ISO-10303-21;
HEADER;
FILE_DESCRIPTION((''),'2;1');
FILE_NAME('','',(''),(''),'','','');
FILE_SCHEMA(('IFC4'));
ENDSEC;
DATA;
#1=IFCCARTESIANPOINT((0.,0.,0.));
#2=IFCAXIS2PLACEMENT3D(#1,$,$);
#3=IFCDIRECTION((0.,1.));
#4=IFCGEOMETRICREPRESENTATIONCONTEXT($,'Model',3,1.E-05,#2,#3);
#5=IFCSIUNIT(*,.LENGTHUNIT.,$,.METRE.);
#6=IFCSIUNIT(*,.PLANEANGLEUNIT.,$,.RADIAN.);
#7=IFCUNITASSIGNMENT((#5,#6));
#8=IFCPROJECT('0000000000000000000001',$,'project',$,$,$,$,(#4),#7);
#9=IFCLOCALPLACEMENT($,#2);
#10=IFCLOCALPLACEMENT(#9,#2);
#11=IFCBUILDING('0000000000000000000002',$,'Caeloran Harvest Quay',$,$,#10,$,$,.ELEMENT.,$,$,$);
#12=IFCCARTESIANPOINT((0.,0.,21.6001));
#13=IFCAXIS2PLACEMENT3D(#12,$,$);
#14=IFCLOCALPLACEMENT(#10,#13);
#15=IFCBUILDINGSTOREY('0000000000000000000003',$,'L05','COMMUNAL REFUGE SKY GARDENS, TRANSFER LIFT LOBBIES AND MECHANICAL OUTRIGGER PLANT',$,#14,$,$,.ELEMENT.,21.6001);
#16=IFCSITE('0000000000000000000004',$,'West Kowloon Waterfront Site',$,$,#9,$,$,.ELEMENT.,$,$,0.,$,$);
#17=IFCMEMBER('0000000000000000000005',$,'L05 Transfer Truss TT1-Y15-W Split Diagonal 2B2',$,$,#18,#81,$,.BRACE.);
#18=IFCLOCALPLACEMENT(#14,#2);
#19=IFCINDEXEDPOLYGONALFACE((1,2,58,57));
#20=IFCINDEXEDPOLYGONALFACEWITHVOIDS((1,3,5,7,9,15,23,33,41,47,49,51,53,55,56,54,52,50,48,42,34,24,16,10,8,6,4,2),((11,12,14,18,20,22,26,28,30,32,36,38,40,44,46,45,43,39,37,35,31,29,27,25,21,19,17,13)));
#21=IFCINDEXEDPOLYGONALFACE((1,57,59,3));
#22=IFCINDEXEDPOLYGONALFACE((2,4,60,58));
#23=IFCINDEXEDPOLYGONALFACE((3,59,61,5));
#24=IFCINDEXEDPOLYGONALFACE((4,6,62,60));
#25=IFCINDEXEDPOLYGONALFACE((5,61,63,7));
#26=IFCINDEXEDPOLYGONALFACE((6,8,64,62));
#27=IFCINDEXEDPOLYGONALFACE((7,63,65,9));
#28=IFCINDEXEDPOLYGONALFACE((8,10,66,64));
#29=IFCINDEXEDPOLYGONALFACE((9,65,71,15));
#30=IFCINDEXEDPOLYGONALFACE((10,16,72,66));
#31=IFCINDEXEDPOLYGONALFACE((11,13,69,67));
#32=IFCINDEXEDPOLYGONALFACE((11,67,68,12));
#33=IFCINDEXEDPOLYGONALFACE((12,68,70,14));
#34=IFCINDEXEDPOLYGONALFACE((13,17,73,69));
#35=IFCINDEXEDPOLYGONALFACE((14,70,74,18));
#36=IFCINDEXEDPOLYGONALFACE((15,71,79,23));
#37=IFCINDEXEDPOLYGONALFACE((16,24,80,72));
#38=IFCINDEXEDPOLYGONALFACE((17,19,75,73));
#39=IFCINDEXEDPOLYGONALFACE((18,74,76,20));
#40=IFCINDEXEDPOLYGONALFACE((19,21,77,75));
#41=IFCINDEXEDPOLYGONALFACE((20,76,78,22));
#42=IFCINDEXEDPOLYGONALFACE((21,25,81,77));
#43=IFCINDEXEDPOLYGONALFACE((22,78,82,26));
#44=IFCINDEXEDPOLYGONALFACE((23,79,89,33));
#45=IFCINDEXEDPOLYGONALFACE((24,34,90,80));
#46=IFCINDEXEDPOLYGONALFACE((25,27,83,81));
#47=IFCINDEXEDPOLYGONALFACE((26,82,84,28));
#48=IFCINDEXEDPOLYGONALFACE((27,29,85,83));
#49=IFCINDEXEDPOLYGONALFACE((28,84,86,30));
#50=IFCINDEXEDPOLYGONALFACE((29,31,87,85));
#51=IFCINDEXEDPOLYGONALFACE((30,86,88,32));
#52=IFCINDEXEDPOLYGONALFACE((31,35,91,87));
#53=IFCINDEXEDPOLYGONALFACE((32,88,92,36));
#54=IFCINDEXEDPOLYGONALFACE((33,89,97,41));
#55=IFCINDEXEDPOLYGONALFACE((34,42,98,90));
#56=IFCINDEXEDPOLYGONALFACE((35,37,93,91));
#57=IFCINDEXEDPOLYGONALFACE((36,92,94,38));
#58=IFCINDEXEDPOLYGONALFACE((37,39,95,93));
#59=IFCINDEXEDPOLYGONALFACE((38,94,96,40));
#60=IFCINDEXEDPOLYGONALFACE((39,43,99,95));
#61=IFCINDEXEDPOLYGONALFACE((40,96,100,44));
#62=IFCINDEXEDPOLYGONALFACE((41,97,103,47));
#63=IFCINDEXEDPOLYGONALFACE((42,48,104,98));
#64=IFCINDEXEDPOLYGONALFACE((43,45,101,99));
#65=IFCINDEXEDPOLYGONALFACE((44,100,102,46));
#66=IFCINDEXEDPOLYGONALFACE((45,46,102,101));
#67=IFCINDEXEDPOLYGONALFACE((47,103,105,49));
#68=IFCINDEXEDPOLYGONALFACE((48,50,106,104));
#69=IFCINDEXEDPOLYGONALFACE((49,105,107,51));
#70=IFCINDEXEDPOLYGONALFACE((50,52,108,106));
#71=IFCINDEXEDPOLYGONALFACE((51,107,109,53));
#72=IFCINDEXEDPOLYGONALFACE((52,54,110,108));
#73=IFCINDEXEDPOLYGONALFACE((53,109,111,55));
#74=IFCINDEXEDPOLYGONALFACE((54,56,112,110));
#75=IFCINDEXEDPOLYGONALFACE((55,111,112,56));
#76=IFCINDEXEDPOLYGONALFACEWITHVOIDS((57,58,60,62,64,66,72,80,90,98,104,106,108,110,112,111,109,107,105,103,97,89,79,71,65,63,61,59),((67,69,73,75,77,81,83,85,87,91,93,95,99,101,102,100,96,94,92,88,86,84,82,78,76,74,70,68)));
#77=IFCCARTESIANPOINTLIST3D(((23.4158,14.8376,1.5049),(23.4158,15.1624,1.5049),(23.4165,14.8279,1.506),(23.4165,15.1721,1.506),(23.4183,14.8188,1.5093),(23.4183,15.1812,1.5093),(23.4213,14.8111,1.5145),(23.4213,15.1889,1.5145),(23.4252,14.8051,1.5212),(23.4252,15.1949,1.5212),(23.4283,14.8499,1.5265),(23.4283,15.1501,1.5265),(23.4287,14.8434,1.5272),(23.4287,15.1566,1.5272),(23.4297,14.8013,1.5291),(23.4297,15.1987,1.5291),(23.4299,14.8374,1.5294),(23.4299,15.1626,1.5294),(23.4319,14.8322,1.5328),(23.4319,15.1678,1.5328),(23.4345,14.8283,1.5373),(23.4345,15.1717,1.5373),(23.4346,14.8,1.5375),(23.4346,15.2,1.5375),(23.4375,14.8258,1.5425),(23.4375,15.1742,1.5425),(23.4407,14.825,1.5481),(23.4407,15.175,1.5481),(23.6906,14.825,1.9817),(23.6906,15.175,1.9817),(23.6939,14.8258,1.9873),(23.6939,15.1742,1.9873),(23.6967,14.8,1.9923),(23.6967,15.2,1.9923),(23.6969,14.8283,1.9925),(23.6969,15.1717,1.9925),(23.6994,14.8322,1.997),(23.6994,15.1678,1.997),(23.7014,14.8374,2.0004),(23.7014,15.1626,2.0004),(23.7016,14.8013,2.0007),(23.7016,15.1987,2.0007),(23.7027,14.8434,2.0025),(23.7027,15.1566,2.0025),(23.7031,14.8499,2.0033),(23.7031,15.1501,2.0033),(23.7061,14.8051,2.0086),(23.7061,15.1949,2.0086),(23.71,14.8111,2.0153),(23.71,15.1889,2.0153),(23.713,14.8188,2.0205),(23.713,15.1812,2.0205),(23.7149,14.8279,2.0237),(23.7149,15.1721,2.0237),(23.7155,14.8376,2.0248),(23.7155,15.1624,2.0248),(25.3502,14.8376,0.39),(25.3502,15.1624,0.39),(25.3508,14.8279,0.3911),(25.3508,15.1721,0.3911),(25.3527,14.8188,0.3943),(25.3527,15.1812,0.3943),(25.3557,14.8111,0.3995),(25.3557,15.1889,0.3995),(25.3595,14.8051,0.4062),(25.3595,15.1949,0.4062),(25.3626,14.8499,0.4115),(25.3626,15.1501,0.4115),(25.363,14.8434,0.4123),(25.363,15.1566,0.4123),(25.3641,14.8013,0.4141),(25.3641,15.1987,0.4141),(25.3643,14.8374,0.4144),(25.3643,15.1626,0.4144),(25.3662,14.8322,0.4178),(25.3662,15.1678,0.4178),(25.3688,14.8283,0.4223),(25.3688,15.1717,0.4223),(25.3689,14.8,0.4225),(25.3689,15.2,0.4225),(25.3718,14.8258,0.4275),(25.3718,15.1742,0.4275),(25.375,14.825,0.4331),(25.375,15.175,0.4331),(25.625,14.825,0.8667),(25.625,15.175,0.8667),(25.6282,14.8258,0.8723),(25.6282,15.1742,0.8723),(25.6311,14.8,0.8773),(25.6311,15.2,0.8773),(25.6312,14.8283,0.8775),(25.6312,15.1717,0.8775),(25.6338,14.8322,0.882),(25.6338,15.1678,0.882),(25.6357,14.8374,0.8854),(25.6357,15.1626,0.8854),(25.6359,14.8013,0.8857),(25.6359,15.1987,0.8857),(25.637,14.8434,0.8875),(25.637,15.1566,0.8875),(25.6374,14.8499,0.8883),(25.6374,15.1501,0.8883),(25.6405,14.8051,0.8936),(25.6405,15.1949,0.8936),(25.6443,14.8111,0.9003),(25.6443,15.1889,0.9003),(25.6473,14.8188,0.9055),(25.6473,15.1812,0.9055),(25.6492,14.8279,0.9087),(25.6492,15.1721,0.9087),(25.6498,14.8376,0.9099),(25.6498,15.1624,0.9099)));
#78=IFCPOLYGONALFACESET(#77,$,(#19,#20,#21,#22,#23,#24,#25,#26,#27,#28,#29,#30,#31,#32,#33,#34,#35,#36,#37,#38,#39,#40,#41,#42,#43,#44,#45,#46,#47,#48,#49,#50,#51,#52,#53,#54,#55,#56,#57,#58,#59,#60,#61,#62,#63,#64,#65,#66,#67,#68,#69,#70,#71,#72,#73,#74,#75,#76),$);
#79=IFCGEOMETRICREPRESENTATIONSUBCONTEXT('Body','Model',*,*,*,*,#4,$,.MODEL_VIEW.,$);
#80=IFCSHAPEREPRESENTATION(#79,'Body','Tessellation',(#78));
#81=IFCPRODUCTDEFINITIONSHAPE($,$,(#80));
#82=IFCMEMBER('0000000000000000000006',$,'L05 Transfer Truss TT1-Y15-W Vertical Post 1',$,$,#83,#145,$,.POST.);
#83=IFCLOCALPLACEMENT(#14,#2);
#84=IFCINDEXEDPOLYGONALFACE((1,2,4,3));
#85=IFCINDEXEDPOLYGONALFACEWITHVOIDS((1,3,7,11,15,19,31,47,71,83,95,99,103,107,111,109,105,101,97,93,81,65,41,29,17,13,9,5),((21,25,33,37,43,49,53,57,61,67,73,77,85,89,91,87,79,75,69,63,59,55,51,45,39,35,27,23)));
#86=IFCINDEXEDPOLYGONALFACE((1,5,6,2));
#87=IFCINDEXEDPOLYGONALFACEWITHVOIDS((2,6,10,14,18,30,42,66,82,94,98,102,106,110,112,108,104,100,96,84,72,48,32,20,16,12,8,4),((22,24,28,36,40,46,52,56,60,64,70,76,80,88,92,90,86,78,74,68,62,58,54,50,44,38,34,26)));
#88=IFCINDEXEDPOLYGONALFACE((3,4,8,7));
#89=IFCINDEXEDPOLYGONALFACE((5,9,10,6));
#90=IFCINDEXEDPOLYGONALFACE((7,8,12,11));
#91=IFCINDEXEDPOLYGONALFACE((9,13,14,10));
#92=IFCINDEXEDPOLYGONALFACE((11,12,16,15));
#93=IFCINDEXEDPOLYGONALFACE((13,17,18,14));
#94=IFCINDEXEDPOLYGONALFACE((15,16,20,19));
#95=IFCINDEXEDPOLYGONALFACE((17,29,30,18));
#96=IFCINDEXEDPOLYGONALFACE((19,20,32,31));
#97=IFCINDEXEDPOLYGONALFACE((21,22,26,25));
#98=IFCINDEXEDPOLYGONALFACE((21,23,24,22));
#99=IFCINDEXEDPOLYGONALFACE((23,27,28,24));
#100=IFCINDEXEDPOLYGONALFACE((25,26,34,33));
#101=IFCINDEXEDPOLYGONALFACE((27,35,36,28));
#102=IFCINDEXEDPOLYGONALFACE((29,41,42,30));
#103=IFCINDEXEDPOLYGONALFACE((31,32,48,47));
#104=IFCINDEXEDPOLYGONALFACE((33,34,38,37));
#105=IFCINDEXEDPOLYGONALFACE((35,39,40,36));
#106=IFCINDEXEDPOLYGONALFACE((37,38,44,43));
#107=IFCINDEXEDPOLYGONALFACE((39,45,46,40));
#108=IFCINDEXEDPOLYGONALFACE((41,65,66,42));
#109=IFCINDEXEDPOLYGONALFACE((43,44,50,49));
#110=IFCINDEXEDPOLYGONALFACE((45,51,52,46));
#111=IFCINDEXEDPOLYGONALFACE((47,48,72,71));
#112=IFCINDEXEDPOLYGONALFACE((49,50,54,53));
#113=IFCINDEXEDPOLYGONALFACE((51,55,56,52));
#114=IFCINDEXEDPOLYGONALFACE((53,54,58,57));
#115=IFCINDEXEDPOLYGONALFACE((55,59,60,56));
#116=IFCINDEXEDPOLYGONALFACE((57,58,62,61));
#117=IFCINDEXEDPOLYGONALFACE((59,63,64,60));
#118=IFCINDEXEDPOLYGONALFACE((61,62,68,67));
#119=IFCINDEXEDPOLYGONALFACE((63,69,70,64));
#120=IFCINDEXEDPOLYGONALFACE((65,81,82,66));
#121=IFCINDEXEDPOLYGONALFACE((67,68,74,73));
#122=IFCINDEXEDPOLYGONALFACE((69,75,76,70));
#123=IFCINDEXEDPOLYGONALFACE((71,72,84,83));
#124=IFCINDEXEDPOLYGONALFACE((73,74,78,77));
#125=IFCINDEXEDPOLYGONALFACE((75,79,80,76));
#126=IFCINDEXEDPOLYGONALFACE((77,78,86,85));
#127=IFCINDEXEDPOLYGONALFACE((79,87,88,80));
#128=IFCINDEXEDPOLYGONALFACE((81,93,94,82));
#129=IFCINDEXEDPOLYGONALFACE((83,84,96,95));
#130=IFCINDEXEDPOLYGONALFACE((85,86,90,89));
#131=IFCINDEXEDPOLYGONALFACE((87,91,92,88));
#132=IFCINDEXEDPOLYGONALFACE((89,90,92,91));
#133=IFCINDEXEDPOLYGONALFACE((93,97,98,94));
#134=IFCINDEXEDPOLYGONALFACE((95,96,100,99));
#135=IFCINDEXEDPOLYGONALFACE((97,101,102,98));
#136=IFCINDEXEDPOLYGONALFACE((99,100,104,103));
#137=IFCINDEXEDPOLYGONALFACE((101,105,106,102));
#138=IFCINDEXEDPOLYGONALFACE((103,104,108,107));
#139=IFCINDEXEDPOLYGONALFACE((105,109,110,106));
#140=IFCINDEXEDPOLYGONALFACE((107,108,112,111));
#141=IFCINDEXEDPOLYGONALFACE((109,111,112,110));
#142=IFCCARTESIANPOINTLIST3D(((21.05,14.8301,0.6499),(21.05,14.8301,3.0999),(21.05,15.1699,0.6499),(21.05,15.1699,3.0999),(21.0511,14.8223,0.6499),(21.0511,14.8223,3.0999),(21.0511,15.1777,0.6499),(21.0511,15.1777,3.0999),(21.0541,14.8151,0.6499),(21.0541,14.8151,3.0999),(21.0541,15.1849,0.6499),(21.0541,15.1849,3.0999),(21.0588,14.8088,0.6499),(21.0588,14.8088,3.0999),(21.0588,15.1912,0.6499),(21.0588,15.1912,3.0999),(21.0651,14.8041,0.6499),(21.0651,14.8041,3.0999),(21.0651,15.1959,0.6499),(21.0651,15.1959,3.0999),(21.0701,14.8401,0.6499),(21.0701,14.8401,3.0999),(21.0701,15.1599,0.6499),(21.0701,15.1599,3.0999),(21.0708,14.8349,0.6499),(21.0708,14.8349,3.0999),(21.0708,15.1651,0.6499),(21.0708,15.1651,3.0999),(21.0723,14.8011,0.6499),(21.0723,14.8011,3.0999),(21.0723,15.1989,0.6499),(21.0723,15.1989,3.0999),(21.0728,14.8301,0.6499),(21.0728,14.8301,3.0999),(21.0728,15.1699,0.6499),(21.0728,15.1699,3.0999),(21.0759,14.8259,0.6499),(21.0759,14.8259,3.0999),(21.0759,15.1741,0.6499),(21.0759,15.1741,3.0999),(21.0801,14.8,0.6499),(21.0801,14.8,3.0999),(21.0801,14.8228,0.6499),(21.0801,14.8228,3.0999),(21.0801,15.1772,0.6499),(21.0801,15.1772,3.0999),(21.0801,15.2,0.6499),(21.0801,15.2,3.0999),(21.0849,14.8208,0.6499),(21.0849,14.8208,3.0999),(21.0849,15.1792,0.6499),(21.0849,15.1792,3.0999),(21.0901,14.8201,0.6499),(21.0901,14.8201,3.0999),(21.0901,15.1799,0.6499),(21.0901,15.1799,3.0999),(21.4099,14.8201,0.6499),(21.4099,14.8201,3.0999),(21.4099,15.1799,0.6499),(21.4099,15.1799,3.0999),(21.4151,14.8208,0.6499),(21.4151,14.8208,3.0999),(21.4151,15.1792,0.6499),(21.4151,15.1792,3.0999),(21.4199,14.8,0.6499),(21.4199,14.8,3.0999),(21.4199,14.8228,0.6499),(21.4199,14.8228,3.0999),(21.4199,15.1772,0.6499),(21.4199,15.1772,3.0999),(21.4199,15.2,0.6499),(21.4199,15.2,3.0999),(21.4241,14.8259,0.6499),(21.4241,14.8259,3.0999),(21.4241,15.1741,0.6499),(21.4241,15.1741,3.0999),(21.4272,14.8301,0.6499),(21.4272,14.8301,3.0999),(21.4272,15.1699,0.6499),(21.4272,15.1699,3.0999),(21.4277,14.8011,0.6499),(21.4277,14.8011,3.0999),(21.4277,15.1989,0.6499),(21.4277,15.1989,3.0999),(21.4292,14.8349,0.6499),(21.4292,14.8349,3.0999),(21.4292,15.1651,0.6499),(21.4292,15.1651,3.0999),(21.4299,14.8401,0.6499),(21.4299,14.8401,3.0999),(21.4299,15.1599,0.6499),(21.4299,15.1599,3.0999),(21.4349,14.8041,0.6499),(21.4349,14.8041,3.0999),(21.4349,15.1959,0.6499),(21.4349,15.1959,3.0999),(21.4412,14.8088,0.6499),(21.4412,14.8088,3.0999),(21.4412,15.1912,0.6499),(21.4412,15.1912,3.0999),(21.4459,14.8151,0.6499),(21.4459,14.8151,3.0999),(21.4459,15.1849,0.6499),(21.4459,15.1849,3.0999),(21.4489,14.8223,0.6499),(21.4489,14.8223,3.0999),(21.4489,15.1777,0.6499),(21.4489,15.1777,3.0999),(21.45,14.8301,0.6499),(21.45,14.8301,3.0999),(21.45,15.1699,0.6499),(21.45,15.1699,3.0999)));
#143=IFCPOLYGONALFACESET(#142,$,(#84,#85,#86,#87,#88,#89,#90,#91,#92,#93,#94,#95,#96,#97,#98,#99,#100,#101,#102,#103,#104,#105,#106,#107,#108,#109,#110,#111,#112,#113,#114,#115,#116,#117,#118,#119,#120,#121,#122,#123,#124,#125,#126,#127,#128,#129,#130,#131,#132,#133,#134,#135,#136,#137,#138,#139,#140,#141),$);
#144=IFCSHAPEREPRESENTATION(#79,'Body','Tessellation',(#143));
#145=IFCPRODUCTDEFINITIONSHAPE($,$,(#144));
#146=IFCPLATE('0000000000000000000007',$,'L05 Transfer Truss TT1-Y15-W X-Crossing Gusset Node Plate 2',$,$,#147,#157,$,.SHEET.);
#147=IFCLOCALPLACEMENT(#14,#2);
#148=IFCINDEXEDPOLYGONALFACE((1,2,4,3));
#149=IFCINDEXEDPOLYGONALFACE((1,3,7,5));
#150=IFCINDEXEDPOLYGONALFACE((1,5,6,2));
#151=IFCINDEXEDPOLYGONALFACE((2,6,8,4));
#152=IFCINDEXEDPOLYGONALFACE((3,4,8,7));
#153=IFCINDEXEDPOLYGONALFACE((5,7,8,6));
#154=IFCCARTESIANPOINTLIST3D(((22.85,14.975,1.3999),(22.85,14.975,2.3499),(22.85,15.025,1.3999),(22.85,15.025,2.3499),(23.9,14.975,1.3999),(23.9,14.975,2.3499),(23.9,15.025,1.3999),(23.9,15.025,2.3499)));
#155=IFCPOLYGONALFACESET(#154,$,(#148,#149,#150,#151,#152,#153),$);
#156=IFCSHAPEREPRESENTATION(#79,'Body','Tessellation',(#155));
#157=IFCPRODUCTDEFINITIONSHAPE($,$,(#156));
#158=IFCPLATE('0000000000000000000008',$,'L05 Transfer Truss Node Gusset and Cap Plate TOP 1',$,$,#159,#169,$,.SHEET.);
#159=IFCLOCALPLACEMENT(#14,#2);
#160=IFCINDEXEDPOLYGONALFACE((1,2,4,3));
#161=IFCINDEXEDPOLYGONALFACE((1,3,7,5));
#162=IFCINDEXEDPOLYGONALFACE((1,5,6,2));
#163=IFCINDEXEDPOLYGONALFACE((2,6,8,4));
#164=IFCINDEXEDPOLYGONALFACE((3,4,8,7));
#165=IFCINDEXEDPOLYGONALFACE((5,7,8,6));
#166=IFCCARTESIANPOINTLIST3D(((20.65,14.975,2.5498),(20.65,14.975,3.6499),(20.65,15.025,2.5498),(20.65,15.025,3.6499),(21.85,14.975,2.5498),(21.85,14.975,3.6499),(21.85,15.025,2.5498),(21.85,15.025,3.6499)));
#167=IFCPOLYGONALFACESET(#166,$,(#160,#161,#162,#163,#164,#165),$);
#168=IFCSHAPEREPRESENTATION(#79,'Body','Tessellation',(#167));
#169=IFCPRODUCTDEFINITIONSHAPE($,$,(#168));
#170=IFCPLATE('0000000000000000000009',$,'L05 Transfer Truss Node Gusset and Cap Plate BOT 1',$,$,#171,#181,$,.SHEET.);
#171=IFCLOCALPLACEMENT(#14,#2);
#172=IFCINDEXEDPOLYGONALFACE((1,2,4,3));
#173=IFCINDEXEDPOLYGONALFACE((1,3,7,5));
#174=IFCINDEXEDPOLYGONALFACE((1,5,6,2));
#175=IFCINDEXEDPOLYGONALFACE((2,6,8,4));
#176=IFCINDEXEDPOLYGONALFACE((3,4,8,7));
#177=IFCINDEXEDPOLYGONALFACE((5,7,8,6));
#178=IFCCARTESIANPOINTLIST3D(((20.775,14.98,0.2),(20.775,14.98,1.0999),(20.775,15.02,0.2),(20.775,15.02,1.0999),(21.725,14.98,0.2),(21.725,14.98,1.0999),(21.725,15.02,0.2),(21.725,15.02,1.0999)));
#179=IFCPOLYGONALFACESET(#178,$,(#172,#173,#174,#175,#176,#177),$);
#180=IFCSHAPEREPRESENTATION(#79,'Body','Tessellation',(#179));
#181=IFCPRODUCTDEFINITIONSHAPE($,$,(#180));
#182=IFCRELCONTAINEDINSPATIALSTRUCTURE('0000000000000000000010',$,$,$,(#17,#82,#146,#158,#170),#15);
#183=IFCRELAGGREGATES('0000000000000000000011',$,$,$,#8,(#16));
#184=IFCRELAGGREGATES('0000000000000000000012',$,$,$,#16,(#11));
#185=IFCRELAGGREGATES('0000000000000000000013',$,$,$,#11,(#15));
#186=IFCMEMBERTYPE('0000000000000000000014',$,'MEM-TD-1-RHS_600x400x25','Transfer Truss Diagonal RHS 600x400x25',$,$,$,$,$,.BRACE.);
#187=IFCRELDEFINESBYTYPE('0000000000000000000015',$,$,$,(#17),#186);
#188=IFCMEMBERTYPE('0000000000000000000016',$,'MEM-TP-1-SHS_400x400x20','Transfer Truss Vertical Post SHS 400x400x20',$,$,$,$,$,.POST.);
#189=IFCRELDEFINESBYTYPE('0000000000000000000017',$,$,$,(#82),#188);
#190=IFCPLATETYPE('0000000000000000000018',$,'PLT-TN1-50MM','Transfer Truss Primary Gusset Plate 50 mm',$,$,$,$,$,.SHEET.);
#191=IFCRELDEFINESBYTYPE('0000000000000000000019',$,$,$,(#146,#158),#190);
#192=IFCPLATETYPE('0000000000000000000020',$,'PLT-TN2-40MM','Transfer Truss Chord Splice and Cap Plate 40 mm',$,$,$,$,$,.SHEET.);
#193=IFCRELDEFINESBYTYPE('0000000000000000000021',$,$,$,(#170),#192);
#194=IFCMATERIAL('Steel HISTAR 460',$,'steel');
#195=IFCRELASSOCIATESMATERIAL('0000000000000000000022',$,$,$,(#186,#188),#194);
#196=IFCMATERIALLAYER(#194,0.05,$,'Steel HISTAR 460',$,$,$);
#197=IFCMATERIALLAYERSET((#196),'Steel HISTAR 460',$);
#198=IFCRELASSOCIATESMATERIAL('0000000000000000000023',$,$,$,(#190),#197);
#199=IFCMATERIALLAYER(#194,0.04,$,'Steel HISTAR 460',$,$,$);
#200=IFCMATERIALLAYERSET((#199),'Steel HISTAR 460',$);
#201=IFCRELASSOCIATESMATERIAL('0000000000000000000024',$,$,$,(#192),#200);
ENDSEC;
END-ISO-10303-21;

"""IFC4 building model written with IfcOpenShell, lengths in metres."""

from ifc_helpers import new_model, si_unit, direction, frame, origin, origin_2d, place, context, subcontext, project, spatial, rectangle, hollow_rectangle, extrude, material, layer, layer_set, material_profile, profile_set, type_object, element, save


model = new_model("IFC4")

# Units and contexts
model_context = context("Model", 3, precision=1e-05, world=origin(), true_north=direction((0.0, 1.0)))
body_context = subcontext(model_context, "Body", "Model", "MODEL_VIEW")
ifc_project = project(units=[si_unit("LENGTHUNIT", "METRE"), si_unit("PLANEANGLEUNIT", "RADIAN")], contexts=[model_context])

# Site, building, storey
site_placement = place(None, origin())
site = spatial("IfcSite", under=ifc_project, at=site_placement, Name="West Kowloon Waterfront Site", CompositionType="ELEMENT", RefElevation=0.0)
building_placement = place(site_placement, origin())
building = spatial("IfcBuilding", under=site, at=building_placement, Name="Caeloran Harvest Quay", CompositionType="ELEMENT")
storey_placement = place(building_placement, frame((0.0, 0.0, 21.6001)))
storey = spatial("IfcBuildingStorey", under=building, at=storey_placement, Name="L05", Description="COMMUNAL REFUGE SKY GARDENS, TRANSFER LIFT LOBBIES AND MECHANICAL OUTRIGGER PLANT", CompositionType="ELEMENT", Elevation=21.6001)

# Members
ifc_material_1 = material(Name="Steel HISTAR 460", Category="steel")
ifc_material_profile_1 = material_profile(ifc_material_1, hollow_rectangle(XDim=0.3999, YDim=0.6001, WallThickness=0.0249, InnerFilletRadius=0.0249, OuterFilletRadius=0.0376, at=origin_2d()), Name="RHS 600x400x25")
ifc_profile_set_1 = profile_set([ifc_material_profile_1], Name="Steel HISTAR 460")
member_type_1 = type_object("IfcMemberType", Name="MEM-TD-1-RHS_600x400x25", Description="Transfer Truss Diagonal RHS 600x400x25", PredefinedType="BRACE", material=ifc_profile_set_1)
for number, where, z_axis, x_axis, name in (
    (1, (23.5657, 15.0, 1.7649), (0.866373, 0.0, -0.499397), (0.0, 1.0, 0.0), "L05 Transfer Truss TT1-Y15-W Split Diagonal 2B2"),
):
    element("IfcMember", number, at=place(storey_placement, frame(where, z_axis=z_axis, x_axis=x_axis)), inside=storey, type_object=member_type_1, Name=name, PredefinedType="BRACE", context=body_context, shape_type="SweptSolid", body=[
        extrude(hollow_rectangle(XDim=0.3999, YDim=0.6001, WallThickness=0.0249, InnerFilletRadius=0.0249, OuterFilletRadius=0.0376, at=origin_2d()), origin(), (0.0, 0.0, 1.0), 2.2327),
    ])
ifc_material_profile_2 = material_profile(ifc_material_1, hollow_rectangle(XDim=0.3999, YDim=0.3999, WallThickness=0.02, InnerFilletRadius=0.02, OuterFilletRadius=0.03, at=origin_2d()), Name="SHS 400x400x20")
ifc_profile_set_2 = profile_set([ifc_material_profile_2], Name="Steel HISTAR 460")
member_type_2 = type_object("IfcMemberType", Name="MEM-TP-1-SHS_400x400x20", Description="Transfer Truss Vertical Post SHS 400x400x20", PredefinedType="POST", material=ifc_profile_set_2)
member_1_placement = place(storey_placement, frame((21.25, 15.0, 0.6499), z_axis=(0.0, 0.0, 1.0), x_axis=(1.0, 0.0, 0.0)))
element("IfcMember", 2, at=member_1_placement, inside=storey, type_object=member_type_2, Name="L05 Transfer Truss TT1-Y15-W Vertical Post 1", PredefinedType="POST", context=body_context, shape_type="SweptSolid", body=[
    extrude(hollow_rectangle(XDim=0.3999, YDim=0.3999, WallThickness=0.02, InnerFilletRadius=0.02, OuterFilletRadius=0.03, at=origin_2d()), origin(), (0.0, 0.0, 1.0), 2.45),
])

# Plates
ifc_layer_1 = layer(ifc_material_1, 0.05, Name="Steel HISTAR 460")
ifc_layer_set_1 = layer_set([ifc_layer_1], Name="Steel HISTAR 460")
plate_type_1 = type_object("IfcPlateType", Name="PLT-TN1-50MM", Description="Transfer Truss Primary Gusset Plate 50 mm", PredefinedType="SHEET", material=ifc_layer_set_1)
plate_1_placement = place(storey_placement, frame((23.375, 15.0, 1.3999), z_axis=(0.0, 0.0, 1.0), x_axis=(1.0, 0.0, 0.0)))
element("IfcPlate", 3, at=plate_1_placement, inside=storey, type_object=plate_type_1, Name="L05 Transfer Truss TT1-Y15-W X-Crossing Gusset Node Plate 2", PredefinedType="SHEET", context=body_context, shape_type="SweptSolid", body=[
    extrude(rectangle(XDim=1.05, YDim=0.05, at=origin_2d()), origin(), (0.0, 0.0, 1.0), 0.95),
])
plate_2_placement = place(storey_placement, frame((21.25, 15.0, 2.5498), z_axis=(0.0, 0.0, 1.0), x_axis=(1.0, 0.0, 0.0)))
element("IfcPlate", 4, at=plate_2_placement, inside=storey, type_object=plate_type_1, Name="L05 Transfer Truss Node Gusset and Cap Plate TOP 1", PredefinedType="SHEET", context=body_context, shape_type="SweptSolid", body=[
    extrude(rectangle(XDim=1.2, YDim=0.05, at=origin_2d()), origin(), (0.0, 0.0, 1.0), 1.1001),
])
ifc_layer_2 = layer(ifc_material_1, 0.04, Name="Steel HISTAR 460")
ifc_layer_set_2 = layer_set([ifc_layer_2], Name="Steel HISTAR 460")
plate_type_2 = type_object("IfcPlateType", Name="PLT-TN2-40MM", Description="Transfer Truss Chord Splice and Cap Plate 40 mm", PredefinedType="SHEET", material=ifc_layer_set_2)
plate_3_placement = place(storey_placement, frame((21.25, 15.0, 0.2), z_axis=(0.0, 0.0, 1.0), x_axis=(1.0, 0.0, 0.0)))
element("IfcPlate", 5, at=plate_3_placement, inside=storey, type_object=plate_type_2, Name="L05 Transfer Truss Node Gusset and Cap Plate BOT 1", PredefinedType="SHEET", context=body_context, shape_type="SweptSolid", body=[
    extrude(rectangle(XDim=0.95, YDim=0.04, at=origin_2d()), origin(), (0.0, 0.0, 1.0), 0.8999),
])

save(model, "model.ifc")
